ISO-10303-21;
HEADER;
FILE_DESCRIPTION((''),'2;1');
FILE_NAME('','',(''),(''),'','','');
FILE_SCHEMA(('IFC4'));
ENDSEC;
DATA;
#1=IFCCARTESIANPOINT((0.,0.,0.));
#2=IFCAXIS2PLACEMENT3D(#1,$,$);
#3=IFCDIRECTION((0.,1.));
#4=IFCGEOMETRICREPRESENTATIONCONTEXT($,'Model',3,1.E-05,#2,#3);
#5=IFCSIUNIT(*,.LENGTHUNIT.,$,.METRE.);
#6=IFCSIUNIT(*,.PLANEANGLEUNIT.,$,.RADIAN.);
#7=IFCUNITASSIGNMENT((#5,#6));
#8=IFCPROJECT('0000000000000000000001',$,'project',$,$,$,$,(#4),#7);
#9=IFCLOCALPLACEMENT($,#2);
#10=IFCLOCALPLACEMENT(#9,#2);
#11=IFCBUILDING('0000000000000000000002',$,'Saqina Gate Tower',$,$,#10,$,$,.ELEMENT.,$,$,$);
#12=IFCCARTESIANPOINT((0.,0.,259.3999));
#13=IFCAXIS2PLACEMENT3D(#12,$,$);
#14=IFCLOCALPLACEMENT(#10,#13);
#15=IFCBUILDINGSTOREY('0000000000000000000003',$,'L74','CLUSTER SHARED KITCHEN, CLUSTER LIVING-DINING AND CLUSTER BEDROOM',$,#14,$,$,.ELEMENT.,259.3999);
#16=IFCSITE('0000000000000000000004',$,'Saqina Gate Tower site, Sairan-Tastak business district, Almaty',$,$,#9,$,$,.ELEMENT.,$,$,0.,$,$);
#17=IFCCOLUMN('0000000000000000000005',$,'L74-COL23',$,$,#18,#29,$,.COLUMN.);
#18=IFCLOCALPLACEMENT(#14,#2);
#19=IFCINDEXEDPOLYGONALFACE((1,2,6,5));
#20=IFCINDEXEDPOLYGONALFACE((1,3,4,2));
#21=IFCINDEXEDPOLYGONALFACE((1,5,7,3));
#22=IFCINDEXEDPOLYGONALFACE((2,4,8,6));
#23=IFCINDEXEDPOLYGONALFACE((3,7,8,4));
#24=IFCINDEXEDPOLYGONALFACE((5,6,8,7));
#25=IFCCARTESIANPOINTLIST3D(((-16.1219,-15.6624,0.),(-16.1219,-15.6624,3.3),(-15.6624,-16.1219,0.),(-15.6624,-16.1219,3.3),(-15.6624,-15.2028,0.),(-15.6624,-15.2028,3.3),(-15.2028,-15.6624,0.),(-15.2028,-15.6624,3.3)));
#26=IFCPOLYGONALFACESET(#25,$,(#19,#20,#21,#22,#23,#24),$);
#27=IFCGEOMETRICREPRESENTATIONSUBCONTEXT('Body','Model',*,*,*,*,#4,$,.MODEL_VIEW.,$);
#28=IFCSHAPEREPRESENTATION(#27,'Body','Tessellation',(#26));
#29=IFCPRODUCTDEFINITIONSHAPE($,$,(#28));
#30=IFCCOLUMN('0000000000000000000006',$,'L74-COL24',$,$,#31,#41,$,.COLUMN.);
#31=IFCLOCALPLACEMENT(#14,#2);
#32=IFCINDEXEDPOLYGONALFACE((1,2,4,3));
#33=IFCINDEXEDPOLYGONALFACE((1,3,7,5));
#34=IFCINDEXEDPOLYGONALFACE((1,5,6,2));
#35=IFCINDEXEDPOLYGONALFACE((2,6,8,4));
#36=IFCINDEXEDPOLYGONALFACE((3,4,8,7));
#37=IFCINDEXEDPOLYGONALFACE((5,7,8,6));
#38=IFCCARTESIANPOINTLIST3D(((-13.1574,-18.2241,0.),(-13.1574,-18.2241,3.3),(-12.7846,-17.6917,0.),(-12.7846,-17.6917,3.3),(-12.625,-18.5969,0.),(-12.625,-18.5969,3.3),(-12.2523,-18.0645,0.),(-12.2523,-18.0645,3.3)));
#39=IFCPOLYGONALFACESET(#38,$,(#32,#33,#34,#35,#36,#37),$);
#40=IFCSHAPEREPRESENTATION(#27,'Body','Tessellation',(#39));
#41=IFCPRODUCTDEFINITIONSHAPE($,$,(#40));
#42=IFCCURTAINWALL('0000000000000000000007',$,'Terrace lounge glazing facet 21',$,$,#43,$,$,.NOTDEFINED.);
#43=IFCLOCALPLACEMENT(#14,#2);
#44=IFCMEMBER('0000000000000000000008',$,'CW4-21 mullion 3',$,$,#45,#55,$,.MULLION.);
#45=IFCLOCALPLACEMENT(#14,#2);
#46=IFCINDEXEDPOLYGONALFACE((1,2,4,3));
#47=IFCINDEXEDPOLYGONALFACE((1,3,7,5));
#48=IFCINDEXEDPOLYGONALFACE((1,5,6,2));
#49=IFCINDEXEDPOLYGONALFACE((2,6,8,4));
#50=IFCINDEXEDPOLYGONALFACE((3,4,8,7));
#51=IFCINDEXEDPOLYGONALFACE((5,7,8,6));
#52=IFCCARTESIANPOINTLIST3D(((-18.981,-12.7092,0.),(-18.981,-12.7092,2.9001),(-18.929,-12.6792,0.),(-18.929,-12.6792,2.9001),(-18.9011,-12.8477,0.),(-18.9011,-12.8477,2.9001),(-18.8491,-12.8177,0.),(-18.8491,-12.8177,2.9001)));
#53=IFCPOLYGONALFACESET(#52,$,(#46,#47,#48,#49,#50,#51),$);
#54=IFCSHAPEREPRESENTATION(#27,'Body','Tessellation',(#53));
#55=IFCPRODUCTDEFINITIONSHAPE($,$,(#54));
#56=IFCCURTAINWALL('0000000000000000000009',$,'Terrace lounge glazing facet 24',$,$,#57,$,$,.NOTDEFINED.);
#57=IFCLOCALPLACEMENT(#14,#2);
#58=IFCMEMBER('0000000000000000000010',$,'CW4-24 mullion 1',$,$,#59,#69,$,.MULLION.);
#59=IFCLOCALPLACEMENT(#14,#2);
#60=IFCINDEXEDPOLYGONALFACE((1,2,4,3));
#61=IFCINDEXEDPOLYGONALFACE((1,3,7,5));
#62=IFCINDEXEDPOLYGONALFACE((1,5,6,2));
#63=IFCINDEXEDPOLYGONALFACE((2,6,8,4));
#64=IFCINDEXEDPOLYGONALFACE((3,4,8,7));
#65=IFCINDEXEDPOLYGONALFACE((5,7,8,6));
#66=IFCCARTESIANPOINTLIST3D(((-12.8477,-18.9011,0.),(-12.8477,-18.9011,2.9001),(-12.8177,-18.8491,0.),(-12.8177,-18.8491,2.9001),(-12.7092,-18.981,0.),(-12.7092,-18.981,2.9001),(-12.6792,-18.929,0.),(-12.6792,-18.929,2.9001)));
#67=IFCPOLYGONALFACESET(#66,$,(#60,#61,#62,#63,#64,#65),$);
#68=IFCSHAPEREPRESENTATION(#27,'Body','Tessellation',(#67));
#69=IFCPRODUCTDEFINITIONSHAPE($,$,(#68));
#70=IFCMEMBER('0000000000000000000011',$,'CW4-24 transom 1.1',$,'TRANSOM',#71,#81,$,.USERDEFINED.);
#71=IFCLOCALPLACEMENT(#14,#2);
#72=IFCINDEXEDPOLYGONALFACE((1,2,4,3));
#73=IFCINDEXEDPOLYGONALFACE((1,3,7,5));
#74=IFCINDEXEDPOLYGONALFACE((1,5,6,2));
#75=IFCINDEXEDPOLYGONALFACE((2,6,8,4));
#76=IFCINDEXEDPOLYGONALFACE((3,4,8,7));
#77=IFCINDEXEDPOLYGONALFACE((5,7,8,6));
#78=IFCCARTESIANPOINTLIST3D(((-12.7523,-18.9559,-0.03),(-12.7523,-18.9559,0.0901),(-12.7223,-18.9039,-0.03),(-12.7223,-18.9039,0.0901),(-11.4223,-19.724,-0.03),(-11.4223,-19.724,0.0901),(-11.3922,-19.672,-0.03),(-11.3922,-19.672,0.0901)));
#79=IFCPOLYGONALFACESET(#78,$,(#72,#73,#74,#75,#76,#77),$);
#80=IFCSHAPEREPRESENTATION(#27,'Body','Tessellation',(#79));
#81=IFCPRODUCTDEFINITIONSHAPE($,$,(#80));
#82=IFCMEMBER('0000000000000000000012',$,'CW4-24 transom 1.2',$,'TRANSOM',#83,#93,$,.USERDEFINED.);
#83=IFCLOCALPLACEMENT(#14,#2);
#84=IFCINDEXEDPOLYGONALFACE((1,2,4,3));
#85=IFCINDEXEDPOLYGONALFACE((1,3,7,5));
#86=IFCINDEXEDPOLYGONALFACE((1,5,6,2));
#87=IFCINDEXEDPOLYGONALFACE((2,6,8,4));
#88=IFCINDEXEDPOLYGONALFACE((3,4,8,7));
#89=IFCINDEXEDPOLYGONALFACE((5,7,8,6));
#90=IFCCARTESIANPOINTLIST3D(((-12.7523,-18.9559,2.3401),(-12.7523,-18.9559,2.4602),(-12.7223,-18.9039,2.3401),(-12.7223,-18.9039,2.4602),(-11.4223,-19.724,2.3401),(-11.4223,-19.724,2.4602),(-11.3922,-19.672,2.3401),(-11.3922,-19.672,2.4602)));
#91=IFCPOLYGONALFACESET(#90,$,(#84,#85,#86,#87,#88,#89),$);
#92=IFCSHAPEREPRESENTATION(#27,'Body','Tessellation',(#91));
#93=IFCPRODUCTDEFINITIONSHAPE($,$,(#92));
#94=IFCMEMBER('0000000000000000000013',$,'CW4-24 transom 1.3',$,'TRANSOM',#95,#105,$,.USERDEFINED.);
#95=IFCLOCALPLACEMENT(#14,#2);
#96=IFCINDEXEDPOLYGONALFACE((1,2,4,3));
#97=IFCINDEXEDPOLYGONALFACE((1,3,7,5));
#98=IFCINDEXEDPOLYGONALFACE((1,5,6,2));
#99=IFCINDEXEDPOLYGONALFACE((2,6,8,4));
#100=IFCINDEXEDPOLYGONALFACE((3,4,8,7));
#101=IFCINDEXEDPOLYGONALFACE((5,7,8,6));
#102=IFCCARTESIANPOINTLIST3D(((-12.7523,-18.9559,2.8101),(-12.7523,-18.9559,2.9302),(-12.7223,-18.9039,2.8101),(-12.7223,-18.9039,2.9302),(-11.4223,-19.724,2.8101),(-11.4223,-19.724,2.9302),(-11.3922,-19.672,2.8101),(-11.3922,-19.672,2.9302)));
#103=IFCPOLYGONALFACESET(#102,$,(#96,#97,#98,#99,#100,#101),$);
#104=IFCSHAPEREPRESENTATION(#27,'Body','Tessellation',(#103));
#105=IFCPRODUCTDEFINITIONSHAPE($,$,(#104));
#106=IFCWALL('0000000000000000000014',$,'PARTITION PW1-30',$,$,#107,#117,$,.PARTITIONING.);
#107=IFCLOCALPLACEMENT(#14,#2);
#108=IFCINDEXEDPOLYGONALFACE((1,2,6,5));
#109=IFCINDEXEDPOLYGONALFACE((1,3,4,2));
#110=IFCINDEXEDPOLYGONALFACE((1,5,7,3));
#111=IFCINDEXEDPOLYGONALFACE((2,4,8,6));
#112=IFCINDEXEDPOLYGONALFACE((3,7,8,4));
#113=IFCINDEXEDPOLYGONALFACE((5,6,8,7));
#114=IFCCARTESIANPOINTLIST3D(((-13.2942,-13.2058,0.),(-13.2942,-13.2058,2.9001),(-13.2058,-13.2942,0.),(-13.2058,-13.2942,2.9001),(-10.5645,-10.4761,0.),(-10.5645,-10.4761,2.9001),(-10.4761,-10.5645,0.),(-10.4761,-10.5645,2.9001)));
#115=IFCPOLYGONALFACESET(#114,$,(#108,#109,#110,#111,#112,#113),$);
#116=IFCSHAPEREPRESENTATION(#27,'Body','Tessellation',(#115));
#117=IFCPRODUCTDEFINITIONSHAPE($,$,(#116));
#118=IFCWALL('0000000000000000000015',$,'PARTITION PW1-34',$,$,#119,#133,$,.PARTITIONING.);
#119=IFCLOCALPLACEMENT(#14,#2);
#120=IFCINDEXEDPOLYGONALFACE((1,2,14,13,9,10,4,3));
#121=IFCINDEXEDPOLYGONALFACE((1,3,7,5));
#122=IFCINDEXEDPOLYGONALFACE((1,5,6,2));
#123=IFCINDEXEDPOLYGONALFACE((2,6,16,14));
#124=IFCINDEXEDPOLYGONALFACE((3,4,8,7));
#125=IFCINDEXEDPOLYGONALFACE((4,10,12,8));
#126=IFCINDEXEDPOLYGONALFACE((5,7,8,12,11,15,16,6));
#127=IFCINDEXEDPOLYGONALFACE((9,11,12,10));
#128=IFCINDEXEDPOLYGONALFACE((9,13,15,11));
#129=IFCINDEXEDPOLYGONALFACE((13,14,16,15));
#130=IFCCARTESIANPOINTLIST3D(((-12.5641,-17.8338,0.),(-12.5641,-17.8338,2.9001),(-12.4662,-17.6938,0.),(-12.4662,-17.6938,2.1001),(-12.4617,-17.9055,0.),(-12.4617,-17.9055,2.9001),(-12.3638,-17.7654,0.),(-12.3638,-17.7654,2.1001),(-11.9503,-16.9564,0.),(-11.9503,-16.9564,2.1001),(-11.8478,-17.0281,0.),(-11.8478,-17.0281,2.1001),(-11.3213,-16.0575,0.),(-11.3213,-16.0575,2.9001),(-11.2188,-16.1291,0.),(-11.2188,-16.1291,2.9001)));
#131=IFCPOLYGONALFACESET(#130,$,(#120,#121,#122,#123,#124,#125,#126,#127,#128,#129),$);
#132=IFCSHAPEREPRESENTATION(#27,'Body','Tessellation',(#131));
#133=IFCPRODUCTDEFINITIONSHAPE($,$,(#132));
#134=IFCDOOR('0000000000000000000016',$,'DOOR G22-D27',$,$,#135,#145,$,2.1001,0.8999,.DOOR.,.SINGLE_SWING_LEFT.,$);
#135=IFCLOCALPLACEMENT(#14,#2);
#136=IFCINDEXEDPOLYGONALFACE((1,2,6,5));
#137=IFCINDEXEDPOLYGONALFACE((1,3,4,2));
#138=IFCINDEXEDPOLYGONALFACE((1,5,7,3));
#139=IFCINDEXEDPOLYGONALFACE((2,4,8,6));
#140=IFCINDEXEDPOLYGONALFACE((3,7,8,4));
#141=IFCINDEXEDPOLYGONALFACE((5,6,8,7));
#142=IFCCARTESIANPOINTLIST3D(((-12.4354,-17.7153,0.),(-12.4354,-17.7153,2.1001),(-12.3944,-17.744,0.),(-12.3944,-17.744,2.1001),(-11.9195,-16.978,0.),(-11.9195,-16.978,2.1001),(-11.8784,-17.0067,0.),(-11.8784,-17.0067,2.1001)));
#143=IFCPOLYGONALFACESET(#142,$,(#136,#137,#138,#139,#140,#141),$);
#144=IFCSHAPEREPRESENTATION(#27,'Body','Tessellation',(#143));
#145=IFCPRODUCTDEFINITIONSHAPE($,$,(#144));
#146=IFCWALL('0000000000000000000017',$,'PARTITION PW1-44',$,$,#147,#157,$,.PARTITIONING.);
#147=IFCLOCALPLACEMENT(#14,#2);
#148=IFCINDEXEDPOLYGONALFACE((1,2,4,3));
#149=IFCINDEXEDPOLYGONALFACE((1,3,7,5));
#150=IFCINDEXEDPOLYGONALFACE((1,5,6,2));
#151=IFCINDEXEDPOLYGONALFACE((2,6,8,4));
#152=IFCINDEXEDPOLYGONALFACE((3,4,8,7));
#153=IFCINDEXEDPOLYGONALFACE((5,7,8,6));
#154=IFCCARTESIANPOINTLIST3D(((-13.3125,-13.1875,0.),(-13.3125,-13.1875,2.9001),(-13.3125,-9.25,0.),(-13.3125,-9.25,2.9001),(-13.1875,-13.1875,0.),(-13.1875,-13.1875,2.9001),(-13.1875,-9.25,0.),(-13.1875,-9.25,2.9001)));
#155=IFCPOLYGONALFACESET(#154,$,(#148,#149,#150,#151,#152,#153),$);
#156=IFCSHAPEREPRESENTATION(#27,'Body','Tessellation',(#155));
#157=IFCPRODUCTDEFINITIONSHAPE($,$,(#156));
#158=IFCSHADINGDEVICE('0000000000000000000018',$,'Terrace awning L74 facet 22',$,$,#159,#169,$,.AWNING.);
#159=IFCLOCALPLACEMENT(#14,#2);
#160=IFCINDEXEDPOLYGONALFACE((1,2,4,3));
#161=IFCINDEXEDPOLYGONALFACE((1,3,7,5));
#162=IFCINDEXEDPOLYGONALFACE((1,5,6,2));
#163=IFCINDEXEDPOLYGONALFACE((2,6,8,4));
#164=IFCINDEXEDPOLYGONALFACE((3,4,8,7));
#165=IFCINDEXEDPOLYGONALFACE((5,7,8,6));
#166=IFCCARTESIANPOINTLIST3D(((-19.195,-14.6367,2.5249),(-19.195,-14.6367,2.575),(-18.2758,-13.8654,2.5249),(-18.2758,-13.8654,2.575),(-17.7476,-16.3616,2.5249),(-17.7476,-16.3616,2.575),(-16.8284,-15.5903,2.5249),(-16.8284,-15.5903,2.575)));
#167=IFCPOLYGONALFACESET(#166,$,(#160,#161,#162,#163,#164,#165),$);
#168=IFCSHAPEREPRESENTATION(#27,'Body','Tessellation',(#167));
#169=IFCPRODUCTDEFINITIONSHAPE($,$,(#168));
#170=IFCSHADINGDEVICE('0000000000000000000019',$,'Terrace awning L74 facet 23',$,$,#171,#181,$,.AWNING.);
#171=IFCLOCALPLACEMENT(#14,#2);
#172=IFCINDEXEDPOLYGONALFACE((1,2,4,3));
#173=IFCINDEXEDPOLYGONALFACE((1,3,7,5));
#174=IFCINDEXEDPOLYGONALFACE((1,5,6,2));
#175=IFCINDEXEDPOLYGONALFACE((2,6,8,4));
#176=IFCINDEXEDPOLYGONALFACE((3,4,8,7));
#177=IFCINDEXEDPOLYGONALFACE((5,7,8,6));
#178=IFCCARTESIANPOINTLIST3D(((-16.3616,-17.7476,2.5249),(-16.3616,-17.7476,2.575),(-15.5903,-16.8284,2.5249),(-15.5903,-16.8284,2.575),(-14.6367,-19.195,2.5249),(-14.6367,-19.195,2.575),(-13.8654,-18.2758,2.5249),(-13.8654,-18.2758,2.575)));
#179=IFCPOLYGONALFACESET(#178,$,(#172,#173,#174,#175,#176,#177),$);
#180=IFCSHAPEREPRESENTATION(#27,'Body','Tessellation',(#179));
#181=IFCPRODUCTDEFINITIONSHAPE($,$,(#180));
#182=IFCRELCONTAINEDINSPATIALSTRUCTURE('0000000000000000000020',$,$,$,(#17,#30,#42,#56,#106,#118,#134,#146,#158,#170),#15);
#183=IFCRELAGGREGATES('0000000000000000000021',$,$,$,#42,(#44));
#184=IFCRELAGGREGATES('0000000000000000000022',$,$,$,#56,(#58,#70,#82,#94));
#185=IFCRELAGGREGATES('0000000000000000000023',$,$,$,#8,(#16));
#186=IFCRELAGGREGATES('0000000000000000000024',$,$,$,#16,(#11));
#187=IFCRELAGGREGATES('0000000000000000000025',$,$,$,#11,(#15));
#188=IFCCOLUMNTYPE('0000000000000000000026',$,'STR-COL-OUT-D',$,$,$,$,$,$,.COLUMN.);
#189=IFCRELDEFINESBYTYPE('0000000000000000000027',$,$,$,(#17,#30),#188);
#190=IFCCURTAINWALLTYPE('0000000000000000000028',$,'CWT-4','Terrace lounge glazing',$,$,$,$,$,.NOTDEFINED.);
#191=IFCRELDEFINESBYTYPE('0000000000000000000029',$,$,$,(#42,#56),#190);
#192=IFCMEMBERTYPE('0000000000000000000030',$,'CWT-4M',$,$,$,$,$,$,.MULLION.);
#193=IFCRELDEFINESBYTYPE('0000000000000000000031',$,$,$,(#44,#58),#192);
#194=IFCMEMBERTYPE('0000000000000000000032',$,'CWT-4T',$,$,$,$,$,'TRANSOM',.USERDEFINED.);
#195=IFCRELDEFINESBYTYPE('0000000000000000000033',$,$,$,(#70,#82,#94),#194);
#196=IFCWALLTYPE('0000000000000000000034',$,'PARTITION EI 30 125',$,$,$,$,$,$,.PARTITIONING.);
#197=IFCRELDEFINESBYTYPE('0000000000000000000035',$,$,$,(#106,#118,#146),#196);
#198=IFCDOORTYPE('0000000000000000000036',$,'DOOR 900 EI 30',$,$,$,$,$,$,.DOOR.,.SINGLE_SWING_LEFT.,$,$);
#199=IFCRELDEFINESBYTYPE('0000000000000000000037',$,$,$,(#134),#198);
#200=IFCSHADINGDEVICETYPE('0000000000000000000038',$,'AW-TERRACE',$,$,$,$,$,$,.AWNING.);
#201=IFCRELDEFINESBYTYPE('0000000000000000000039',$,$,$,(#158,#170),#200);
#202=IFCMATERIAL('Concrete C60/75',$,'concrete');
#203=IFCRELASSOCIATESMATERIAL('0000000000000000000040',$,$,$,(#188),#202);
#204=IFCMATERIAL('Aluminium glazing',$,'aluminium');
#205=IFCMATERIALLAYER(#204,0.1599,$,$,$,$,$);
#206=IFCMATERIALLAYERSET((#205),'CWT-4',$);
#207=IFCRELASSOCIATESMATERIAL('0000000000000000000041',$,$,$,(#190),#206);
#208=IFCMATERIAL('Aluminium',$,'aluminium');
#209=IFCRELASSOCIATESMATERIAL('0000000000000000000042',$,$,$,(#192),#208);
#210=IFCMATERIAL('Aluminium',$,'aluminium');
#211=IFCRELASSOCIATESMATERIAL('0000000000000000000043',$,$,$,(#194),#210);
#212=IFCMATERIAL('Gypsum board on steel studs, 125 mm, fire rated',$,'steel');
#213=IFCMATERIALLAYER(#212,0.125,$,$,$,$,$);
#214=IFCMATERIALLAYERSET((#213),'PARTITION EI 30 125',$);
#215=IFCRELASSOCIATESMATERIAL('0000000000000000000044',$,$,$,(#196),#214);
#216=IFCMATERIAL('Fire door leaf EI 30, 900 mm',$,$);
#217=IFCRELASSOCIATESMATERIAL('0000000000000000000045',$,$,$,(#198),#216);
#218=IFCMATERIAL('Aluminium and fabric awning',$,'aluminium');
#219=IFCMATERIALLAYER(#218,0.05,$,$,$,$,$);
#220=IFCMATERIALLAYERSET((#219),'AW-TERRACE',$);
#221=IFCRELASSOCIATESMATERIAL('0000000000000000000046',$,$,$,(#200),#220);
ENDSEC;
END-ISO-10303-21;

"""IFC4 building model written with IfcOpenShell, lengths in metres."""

from ifc_helpers import new_model, si_unit, direction, frame, frame_2d, origin, origin_2d, place, context, subcontext, project, spatial, rectangle, extrude, material, layer, layer_set, material_profile, profile_set, type_object, element, fill, aggregate, save


model = new_model("IFC4")

# Units and contexts
model_context = context("Model", 3, precision=1e-05, world=origin(), true_north=direction((0.0, 1.0)))
body_context = subcontext(model_context, "Body", "Model", "MODEL_VIEW")
ifc_project = project(units=[si_unit("LENGTHUNIT", "METRE"), si_unit("PLANEANGLEUNIT", "RADIAN")], contexts=[model_context])

# Site, building, storey
site_placement = place(None, origin())
site = spatial("IfcSite", under=ifc_project, at=site_placement, Name="Saqina Gate Tower site, Sairan-Tastak business district, Almaty", CompositionType="ELEMENT", RefElevation=0.0)
building_placement = place(site_placement, origin())
building = spatial("IfcBuilding", under=site, at=building_placement, Name="Saqina Gate Tower", CompositionType="ELEMENT")
storey_placement = place(building_placement, frame((0.0, 0.0, 259.3999)))
storey = spatial("IfcBuildingStorey", under=building, at=storey_placement, Name="L74", Description="CLUSTER SHARED KITCHEN, CLUSTER LIVING-DINING AND CLUSTER BEDROOM", CompositionType="ELEMENT", Elevation=259.3999)

# Columns
ifc_material_1 = material(Name="Concrete C60/75", Category="concrete")
ifc_material_profile_1 = material_profile(ifc_material_1, rectangle(XDim=0.6499, YDim=0.6499, at=origin_2d()), Name="RC 650x650")
ifc_profile_set_1 = profile_set([ifc_material_profile_1], Name="Concrete C60/75")
column_type = type_object("IfcColumnType", Name="STR-COL-OUT-D", PredefinedType="COLUMN", material=ifc_profile_set_1)
for number, where, z_axis, x_axis, name in (
    (1, (-15.6624, -15.6624, 0.0), (0.0, 0.0, 1.0), (-0.707107, -0.707107, 0.0), "L74-COL23"),
    (2, (-12.7048, -18.1443, 0.0), (0.0, 0.0, 1.0), (-0.573576, -0.819152, 0.0), "L74-COL24"),
):
    element("IfcColumn", number, at=place(storey_placement, frame(where, z_axis=z_axis, x_axis=x_axis)), inside=storey, type_object=column_type, Name=name, PredefinedType="COLUMN", context=body_context, shape_type="SweptSolid", body=[
        extrude(rectangle(XDim=0.6499, YDim=0.6499, at=origin_2d()), origin(), (0.0, 0.0, 1.0), 3.3),
    ])

# Curtain wall, member
ifc_material_2 = material(Name="Aluminium glazing", Category="aluminium")
ifc_layer_1 = layer(ifc_material_2, 0.1599)
ifc_layer_set_1 = layer_set([ifc_layer_1], Name="CWT-4")
curtain_wall_type = type_object("IfcCurtainWallType", Name="CWT-4", Description="Terrace lounge glazing", PredefinedType="NOTDEFINED", material=ifc_layer_set_1)
curtain_wall_1_placement = place(storey_placement, origin())
curtain_wall_1 = element("IfcCurtainWall", 3, at=curtain_wall_1_placement, inside=storey, type_object=curtain_wall_type, Name="Terrace lounge glazing facet 21", PredefinedType="NOTDEFINED")
ifc_material_3 = material(Name="Aluminium", Category="aluminium")
ifc_material_profile_2 = material_profile(ifc_material_3, rectangle(XDim=0.0601, YDim=0.1599, at=origin_2d()), Name="Aluminium 60x160")
ifc_profile_set_2 = profile_set([ifc_material_profile_2], Name="Aluminium")
member_type_1 = type_object("IfcMemberType", Name="CWT-4M", PredefinedType="MULLION", material=ifc_profile_set_2)
member_1_placement = place(storey_placement, frame((-18.915, -12.7634, 0.0), z_axis=(0.0, 0.0, 1.0), x_axis=(0.866036, 0.499982, 0.0)))
member_1 = element("IfcMember", 4, at=member_1_placement, type_object=member_type_1, Name="CW4-21 mullion 3", PredefinedType="MULLION", context=body_context, shape_type="SweptSolid", body=[
    extrude(rectangle(XDim=0.0601, YDim=0.1599, at=origin_2d()), origin(), (0.0, 0.0, 1.0), 2.9001),
])
aggregate(curtain_wall_1, [member_1])

# Curtain wall, members
curtain_wall_2_placement = place(storey_placement, origin())
curtain_wall_2 = element("IfcCurtainWall", 5, at=curtain_wall_2_placement, inside=storey, type_object=curtain_wall_type, Name="Terrace lounge glazing facet 24", PredefinedType="NOTDEFINED")
member_2_placement = place(storey_placement, frame((-12.7634, -18.915, 0.0), z_axis=(0.0, 0.0, 1.0), x_axis=(0.499982, 0.866036, 0.0)))
member_2 = element("IfcMember", 6, at=member_2_placement, type_object=member_type_1, Name="CW4-24 mullion 1", PredefinedType="MULLION", context=body_context, shape_type="SweptSolid", body=[
    extrude(rectangle(XDim=0.0601, YDim=0.1599, at=origin_2d()), origin(), (0.0, 0.0, 1.0), 2.9001),
])
ifc_material_4 = material(Name="Aluminium", Category="aluminium")
ifc_material_profile_3 = material_profile(ifc_material_4, rectangle(XDim=0.0601, YDim=0.1201, at=origin_2d()), Name="Aluminium 60x120")
ifc_profile_set_3 = profile_set([ifc_material_profile_3], Name="Aluminium")
member_type_2 = type_object("IfcMemberType", Name="CWT-4T", ElementType="TRANSOM", PredefinedType="USERDEFINED", material=ifc_profile_set_3)
member_3_placement = place(storey_placement, frame((-12.7373, -18.9299, 0.03), z_axis=(0.865984, -0.500071, 0.0), x_axis=(0.500071, 0.865984, 0.0)))
member_3 = element("IfcMember", 7, at=member_3_placement, type_object=member_type_2, Name="CW4-24 transom 1.1", ObjectType="TRANSOM", PredefinedType="USERDEFINED", context=body_context, shape_type="SweptSolid", body=[
    extrude(rectangle(XDim=0.0601, YDim=0.1201, at=origin_2d()), origin(), (0.0, 0.0, 1.0), 1.5359),
])
member_4_placement = place(storey_placement, frame((-12.7373, -18.9299, 2.4001), z_axis=(0.865984, -0.500071, 0.0), x_axis=(0.500071, 0.865984, 0.0)))
member_4 = element("IfcMember", 8, at=member_4_placement, type_object=member_type_2, Name="CW4-24 transom 1.2", ObjectType="TRANSOM", PredefinedType="USERDEFINED", context=body_context, shape_type="SweptSolid", body=[
    extrude(rectangle(XDim=0.0601, YDim=0.1201, at=origin_2d()), origin(), (0.0, 0.0, 1.0), 1.5359),
])
member_5_placement = place(storey_placement, frame((-12.7373, -18.9299, 2.8701), z_axis=(0.865984, -0.500071, 0.0), x_axis=(0.500071, 0.865984, 0.0)))
member_5 = element("IfcMember", 9, at=member_5_placement, type_object=member_type_2, Name="CW4-24 transom 1.3", ObjectType="TRANSOM", PredefinedType="USERDEFINED", context=body_context, shape_type="SweptSolid", body=[
    extrude(rectangle(XDim=0.0601, YDim=0.1201, at=origin_2d()), origin(), (0.0, 0.0, 1.0), 1.5359),
])
aggregate(curtain_wall_2, [member_2, member_3, member_4, member_5])

# Wall
ifc_material_5 = material(Name="Gypsum board on steel studs, 125 mm, fire rated", Category="steel")
ifc_layer_2 = layer(ifc_material_5, 0.125)
ifc_layer_set_2 = layer_set([ifc_layer_2], Name="PARTITION EI 30 125")
wall_type_1 = type_object("IfcWallType", Name="PARTITION EI 30 125", PredefinedType="PARTITIONING", material=ifc_layer_set_2)
wall_1_placement = place(storey_placement, frame((-13.25, -13.25, 0.0), z_axis=(0.0, 0.0, 1.0), x_axis=(0.707107, 0.707107, 0.0)))
element("IfcWall", 10, at=wall_1_placement, inside=storey, type_object=wall_type_1, Name="PARTITION PW1-30", PredefinedType="PARTITIONING", context=body_context, shape_type="SweptSolid", body=[
    extrude(rectangle(XDim=3.8604, YDim=0.125, at=frame_2d((1.9302, 0.0))), origin(), (0.0, 0.0, 1.0), 2.9001),
])

# Wall, opening, door
wall_2_placement = place(storey_placement, frame((-12.5129, -17.8696, 0.0), z_axis=(0.0, 0.0, 1.0), x_axis=(0.573296, 0.819348, 0.0)))
wall_2 = element("IfcWall", 11, at=wall_2_placement, inside=storey, type_object=wall_type_1, Name="PARTITION PW1-34", PredefinedType="PARTITIONING", context=body_context, shape_type="SweptSolid", body=[
    extrude(rectangle(XDim=2.168, YDim=0.125, at=frame_2d((1.084, 0.0))), origin(), (0.0, 0.0, 1.0), 2.9001),
])
opening_1_placement = place(wall_2_placement, frame((0.1709, 0.0, 0.0)))
opening_1 = element("IfcOpeningElement", 12, at=opening_1_placement, cuts=wall_2, PredefinedType="OPENING", context=body_context, shape_type="SweptSolid", body=[
    extrude(rectangle(XDim=0.8999, YDim=2.1001, at=frame_2d((0.45, 1.05))), frame((0.0, 0.0745, 0.0), z_axis=(0.0, -1.0, 0.0), x_axis=(1.0, 0.0, 0.0)), (0.0, 0.0, 1.0), 0.1489),
])
ifc_material_6 = material(Name="Fire door leaf EI 30, 900 mm")
door_type_1 = type_object("IfcDoorType", Name="DOOR 900 EI 30", OperationType="SINGLE_SWING_LEFT", PredefinedType="DOOR", material=ifc_material_6)
door_1_placement = place(opening_1_placement, origin())
door_1 = element("IfcDoor", 13, at=door_1_placement, inside=storey, type_object=door_type_1, Name="DOOR G22-D27", OperationType="SINGLE_SWING_LEFT", OverallHeight=2.1001, OverallWidth=0.8999, PredefinedType="DOOR", context=body_context, shape_type="SweptSolid", body=[
    extrude(rectangle(XDim=0.8999, YDim=2.1001, at=frame_2d((0.45, 1.05))), frame((0.0, 0.0249, 0.0), z_axis=(0.0, -1.0, 0.0), x_axis=(1.0, 0.0, 0.0)), (0.0, 0.0, 1.0), 0.05),
])
fill(opening_1, door_1)

# Wall
wall_3_placement = place(storey_placement, frame((-13.25, -13.1875, 0.0), z_axis=(0.0, 0.0, 1.0), x_axis=(0.0, 1.0, 0.0)))
element("IfcWall", 14, at=wall_3_placement, inside=storey, type_object=wall_type_1, Name="PARTITION PW1-44", PredefinedType="PARTITIONING", context=body_context, shape_type="SweptSolid", body=[
    extrude(rectangle(XDim=3.9375, YDim=0.125, at=frame_2d((1.9688, 0.0))), origin(), (0.0, 0.0, 1.0), 2.9001),
])

# Shading devices
ifc_material_7 = material(Name="Aluminium and fabric awning", Category="aluminium")
ifc_layer_3 = layer(ifc_material_7, 0.05)
ifc_layer_set_3 = layer_set([ifc_layer_3], Name="AW-TERRACE")
shading_device_type = type_object("IfcShadingDeviceType", Name="AW-TERRACE", PredefinedType="AWNING", material=ifc_layer_set_3)
for number, where, z_axis, x_axis, name in (
    (15, (-18.0117, -15.1135, 2.5249), (0.0, 0.0, 1.0), (0.642788, -0.766044, 0.0), "Terrace awning L74 facet 22"),
    (16, (-15.1135, -18.0117, 2.5249), (0.0, 0.0, 1.0), (0.766044, -0.642788, 0.0), "Terrace awning L74 facet 23"),
):
    element("IfcShadingDevice", number, at=place(storey_placement, frame(where, z_axis=z_axis, x_axis=x_axis)), inside=storey, type_object=shading_device_type, Name=name, PredefinedType="AWNING", context=body_context, shape_type="SweptSolid", body=[
        extrude(rectangle(XDim=2.2517, YDim=1.2, at=origin_2d()), origin(), (0.0, 0.0, 1.0), 0.05),
    ])

save(model, "model.ifc")
